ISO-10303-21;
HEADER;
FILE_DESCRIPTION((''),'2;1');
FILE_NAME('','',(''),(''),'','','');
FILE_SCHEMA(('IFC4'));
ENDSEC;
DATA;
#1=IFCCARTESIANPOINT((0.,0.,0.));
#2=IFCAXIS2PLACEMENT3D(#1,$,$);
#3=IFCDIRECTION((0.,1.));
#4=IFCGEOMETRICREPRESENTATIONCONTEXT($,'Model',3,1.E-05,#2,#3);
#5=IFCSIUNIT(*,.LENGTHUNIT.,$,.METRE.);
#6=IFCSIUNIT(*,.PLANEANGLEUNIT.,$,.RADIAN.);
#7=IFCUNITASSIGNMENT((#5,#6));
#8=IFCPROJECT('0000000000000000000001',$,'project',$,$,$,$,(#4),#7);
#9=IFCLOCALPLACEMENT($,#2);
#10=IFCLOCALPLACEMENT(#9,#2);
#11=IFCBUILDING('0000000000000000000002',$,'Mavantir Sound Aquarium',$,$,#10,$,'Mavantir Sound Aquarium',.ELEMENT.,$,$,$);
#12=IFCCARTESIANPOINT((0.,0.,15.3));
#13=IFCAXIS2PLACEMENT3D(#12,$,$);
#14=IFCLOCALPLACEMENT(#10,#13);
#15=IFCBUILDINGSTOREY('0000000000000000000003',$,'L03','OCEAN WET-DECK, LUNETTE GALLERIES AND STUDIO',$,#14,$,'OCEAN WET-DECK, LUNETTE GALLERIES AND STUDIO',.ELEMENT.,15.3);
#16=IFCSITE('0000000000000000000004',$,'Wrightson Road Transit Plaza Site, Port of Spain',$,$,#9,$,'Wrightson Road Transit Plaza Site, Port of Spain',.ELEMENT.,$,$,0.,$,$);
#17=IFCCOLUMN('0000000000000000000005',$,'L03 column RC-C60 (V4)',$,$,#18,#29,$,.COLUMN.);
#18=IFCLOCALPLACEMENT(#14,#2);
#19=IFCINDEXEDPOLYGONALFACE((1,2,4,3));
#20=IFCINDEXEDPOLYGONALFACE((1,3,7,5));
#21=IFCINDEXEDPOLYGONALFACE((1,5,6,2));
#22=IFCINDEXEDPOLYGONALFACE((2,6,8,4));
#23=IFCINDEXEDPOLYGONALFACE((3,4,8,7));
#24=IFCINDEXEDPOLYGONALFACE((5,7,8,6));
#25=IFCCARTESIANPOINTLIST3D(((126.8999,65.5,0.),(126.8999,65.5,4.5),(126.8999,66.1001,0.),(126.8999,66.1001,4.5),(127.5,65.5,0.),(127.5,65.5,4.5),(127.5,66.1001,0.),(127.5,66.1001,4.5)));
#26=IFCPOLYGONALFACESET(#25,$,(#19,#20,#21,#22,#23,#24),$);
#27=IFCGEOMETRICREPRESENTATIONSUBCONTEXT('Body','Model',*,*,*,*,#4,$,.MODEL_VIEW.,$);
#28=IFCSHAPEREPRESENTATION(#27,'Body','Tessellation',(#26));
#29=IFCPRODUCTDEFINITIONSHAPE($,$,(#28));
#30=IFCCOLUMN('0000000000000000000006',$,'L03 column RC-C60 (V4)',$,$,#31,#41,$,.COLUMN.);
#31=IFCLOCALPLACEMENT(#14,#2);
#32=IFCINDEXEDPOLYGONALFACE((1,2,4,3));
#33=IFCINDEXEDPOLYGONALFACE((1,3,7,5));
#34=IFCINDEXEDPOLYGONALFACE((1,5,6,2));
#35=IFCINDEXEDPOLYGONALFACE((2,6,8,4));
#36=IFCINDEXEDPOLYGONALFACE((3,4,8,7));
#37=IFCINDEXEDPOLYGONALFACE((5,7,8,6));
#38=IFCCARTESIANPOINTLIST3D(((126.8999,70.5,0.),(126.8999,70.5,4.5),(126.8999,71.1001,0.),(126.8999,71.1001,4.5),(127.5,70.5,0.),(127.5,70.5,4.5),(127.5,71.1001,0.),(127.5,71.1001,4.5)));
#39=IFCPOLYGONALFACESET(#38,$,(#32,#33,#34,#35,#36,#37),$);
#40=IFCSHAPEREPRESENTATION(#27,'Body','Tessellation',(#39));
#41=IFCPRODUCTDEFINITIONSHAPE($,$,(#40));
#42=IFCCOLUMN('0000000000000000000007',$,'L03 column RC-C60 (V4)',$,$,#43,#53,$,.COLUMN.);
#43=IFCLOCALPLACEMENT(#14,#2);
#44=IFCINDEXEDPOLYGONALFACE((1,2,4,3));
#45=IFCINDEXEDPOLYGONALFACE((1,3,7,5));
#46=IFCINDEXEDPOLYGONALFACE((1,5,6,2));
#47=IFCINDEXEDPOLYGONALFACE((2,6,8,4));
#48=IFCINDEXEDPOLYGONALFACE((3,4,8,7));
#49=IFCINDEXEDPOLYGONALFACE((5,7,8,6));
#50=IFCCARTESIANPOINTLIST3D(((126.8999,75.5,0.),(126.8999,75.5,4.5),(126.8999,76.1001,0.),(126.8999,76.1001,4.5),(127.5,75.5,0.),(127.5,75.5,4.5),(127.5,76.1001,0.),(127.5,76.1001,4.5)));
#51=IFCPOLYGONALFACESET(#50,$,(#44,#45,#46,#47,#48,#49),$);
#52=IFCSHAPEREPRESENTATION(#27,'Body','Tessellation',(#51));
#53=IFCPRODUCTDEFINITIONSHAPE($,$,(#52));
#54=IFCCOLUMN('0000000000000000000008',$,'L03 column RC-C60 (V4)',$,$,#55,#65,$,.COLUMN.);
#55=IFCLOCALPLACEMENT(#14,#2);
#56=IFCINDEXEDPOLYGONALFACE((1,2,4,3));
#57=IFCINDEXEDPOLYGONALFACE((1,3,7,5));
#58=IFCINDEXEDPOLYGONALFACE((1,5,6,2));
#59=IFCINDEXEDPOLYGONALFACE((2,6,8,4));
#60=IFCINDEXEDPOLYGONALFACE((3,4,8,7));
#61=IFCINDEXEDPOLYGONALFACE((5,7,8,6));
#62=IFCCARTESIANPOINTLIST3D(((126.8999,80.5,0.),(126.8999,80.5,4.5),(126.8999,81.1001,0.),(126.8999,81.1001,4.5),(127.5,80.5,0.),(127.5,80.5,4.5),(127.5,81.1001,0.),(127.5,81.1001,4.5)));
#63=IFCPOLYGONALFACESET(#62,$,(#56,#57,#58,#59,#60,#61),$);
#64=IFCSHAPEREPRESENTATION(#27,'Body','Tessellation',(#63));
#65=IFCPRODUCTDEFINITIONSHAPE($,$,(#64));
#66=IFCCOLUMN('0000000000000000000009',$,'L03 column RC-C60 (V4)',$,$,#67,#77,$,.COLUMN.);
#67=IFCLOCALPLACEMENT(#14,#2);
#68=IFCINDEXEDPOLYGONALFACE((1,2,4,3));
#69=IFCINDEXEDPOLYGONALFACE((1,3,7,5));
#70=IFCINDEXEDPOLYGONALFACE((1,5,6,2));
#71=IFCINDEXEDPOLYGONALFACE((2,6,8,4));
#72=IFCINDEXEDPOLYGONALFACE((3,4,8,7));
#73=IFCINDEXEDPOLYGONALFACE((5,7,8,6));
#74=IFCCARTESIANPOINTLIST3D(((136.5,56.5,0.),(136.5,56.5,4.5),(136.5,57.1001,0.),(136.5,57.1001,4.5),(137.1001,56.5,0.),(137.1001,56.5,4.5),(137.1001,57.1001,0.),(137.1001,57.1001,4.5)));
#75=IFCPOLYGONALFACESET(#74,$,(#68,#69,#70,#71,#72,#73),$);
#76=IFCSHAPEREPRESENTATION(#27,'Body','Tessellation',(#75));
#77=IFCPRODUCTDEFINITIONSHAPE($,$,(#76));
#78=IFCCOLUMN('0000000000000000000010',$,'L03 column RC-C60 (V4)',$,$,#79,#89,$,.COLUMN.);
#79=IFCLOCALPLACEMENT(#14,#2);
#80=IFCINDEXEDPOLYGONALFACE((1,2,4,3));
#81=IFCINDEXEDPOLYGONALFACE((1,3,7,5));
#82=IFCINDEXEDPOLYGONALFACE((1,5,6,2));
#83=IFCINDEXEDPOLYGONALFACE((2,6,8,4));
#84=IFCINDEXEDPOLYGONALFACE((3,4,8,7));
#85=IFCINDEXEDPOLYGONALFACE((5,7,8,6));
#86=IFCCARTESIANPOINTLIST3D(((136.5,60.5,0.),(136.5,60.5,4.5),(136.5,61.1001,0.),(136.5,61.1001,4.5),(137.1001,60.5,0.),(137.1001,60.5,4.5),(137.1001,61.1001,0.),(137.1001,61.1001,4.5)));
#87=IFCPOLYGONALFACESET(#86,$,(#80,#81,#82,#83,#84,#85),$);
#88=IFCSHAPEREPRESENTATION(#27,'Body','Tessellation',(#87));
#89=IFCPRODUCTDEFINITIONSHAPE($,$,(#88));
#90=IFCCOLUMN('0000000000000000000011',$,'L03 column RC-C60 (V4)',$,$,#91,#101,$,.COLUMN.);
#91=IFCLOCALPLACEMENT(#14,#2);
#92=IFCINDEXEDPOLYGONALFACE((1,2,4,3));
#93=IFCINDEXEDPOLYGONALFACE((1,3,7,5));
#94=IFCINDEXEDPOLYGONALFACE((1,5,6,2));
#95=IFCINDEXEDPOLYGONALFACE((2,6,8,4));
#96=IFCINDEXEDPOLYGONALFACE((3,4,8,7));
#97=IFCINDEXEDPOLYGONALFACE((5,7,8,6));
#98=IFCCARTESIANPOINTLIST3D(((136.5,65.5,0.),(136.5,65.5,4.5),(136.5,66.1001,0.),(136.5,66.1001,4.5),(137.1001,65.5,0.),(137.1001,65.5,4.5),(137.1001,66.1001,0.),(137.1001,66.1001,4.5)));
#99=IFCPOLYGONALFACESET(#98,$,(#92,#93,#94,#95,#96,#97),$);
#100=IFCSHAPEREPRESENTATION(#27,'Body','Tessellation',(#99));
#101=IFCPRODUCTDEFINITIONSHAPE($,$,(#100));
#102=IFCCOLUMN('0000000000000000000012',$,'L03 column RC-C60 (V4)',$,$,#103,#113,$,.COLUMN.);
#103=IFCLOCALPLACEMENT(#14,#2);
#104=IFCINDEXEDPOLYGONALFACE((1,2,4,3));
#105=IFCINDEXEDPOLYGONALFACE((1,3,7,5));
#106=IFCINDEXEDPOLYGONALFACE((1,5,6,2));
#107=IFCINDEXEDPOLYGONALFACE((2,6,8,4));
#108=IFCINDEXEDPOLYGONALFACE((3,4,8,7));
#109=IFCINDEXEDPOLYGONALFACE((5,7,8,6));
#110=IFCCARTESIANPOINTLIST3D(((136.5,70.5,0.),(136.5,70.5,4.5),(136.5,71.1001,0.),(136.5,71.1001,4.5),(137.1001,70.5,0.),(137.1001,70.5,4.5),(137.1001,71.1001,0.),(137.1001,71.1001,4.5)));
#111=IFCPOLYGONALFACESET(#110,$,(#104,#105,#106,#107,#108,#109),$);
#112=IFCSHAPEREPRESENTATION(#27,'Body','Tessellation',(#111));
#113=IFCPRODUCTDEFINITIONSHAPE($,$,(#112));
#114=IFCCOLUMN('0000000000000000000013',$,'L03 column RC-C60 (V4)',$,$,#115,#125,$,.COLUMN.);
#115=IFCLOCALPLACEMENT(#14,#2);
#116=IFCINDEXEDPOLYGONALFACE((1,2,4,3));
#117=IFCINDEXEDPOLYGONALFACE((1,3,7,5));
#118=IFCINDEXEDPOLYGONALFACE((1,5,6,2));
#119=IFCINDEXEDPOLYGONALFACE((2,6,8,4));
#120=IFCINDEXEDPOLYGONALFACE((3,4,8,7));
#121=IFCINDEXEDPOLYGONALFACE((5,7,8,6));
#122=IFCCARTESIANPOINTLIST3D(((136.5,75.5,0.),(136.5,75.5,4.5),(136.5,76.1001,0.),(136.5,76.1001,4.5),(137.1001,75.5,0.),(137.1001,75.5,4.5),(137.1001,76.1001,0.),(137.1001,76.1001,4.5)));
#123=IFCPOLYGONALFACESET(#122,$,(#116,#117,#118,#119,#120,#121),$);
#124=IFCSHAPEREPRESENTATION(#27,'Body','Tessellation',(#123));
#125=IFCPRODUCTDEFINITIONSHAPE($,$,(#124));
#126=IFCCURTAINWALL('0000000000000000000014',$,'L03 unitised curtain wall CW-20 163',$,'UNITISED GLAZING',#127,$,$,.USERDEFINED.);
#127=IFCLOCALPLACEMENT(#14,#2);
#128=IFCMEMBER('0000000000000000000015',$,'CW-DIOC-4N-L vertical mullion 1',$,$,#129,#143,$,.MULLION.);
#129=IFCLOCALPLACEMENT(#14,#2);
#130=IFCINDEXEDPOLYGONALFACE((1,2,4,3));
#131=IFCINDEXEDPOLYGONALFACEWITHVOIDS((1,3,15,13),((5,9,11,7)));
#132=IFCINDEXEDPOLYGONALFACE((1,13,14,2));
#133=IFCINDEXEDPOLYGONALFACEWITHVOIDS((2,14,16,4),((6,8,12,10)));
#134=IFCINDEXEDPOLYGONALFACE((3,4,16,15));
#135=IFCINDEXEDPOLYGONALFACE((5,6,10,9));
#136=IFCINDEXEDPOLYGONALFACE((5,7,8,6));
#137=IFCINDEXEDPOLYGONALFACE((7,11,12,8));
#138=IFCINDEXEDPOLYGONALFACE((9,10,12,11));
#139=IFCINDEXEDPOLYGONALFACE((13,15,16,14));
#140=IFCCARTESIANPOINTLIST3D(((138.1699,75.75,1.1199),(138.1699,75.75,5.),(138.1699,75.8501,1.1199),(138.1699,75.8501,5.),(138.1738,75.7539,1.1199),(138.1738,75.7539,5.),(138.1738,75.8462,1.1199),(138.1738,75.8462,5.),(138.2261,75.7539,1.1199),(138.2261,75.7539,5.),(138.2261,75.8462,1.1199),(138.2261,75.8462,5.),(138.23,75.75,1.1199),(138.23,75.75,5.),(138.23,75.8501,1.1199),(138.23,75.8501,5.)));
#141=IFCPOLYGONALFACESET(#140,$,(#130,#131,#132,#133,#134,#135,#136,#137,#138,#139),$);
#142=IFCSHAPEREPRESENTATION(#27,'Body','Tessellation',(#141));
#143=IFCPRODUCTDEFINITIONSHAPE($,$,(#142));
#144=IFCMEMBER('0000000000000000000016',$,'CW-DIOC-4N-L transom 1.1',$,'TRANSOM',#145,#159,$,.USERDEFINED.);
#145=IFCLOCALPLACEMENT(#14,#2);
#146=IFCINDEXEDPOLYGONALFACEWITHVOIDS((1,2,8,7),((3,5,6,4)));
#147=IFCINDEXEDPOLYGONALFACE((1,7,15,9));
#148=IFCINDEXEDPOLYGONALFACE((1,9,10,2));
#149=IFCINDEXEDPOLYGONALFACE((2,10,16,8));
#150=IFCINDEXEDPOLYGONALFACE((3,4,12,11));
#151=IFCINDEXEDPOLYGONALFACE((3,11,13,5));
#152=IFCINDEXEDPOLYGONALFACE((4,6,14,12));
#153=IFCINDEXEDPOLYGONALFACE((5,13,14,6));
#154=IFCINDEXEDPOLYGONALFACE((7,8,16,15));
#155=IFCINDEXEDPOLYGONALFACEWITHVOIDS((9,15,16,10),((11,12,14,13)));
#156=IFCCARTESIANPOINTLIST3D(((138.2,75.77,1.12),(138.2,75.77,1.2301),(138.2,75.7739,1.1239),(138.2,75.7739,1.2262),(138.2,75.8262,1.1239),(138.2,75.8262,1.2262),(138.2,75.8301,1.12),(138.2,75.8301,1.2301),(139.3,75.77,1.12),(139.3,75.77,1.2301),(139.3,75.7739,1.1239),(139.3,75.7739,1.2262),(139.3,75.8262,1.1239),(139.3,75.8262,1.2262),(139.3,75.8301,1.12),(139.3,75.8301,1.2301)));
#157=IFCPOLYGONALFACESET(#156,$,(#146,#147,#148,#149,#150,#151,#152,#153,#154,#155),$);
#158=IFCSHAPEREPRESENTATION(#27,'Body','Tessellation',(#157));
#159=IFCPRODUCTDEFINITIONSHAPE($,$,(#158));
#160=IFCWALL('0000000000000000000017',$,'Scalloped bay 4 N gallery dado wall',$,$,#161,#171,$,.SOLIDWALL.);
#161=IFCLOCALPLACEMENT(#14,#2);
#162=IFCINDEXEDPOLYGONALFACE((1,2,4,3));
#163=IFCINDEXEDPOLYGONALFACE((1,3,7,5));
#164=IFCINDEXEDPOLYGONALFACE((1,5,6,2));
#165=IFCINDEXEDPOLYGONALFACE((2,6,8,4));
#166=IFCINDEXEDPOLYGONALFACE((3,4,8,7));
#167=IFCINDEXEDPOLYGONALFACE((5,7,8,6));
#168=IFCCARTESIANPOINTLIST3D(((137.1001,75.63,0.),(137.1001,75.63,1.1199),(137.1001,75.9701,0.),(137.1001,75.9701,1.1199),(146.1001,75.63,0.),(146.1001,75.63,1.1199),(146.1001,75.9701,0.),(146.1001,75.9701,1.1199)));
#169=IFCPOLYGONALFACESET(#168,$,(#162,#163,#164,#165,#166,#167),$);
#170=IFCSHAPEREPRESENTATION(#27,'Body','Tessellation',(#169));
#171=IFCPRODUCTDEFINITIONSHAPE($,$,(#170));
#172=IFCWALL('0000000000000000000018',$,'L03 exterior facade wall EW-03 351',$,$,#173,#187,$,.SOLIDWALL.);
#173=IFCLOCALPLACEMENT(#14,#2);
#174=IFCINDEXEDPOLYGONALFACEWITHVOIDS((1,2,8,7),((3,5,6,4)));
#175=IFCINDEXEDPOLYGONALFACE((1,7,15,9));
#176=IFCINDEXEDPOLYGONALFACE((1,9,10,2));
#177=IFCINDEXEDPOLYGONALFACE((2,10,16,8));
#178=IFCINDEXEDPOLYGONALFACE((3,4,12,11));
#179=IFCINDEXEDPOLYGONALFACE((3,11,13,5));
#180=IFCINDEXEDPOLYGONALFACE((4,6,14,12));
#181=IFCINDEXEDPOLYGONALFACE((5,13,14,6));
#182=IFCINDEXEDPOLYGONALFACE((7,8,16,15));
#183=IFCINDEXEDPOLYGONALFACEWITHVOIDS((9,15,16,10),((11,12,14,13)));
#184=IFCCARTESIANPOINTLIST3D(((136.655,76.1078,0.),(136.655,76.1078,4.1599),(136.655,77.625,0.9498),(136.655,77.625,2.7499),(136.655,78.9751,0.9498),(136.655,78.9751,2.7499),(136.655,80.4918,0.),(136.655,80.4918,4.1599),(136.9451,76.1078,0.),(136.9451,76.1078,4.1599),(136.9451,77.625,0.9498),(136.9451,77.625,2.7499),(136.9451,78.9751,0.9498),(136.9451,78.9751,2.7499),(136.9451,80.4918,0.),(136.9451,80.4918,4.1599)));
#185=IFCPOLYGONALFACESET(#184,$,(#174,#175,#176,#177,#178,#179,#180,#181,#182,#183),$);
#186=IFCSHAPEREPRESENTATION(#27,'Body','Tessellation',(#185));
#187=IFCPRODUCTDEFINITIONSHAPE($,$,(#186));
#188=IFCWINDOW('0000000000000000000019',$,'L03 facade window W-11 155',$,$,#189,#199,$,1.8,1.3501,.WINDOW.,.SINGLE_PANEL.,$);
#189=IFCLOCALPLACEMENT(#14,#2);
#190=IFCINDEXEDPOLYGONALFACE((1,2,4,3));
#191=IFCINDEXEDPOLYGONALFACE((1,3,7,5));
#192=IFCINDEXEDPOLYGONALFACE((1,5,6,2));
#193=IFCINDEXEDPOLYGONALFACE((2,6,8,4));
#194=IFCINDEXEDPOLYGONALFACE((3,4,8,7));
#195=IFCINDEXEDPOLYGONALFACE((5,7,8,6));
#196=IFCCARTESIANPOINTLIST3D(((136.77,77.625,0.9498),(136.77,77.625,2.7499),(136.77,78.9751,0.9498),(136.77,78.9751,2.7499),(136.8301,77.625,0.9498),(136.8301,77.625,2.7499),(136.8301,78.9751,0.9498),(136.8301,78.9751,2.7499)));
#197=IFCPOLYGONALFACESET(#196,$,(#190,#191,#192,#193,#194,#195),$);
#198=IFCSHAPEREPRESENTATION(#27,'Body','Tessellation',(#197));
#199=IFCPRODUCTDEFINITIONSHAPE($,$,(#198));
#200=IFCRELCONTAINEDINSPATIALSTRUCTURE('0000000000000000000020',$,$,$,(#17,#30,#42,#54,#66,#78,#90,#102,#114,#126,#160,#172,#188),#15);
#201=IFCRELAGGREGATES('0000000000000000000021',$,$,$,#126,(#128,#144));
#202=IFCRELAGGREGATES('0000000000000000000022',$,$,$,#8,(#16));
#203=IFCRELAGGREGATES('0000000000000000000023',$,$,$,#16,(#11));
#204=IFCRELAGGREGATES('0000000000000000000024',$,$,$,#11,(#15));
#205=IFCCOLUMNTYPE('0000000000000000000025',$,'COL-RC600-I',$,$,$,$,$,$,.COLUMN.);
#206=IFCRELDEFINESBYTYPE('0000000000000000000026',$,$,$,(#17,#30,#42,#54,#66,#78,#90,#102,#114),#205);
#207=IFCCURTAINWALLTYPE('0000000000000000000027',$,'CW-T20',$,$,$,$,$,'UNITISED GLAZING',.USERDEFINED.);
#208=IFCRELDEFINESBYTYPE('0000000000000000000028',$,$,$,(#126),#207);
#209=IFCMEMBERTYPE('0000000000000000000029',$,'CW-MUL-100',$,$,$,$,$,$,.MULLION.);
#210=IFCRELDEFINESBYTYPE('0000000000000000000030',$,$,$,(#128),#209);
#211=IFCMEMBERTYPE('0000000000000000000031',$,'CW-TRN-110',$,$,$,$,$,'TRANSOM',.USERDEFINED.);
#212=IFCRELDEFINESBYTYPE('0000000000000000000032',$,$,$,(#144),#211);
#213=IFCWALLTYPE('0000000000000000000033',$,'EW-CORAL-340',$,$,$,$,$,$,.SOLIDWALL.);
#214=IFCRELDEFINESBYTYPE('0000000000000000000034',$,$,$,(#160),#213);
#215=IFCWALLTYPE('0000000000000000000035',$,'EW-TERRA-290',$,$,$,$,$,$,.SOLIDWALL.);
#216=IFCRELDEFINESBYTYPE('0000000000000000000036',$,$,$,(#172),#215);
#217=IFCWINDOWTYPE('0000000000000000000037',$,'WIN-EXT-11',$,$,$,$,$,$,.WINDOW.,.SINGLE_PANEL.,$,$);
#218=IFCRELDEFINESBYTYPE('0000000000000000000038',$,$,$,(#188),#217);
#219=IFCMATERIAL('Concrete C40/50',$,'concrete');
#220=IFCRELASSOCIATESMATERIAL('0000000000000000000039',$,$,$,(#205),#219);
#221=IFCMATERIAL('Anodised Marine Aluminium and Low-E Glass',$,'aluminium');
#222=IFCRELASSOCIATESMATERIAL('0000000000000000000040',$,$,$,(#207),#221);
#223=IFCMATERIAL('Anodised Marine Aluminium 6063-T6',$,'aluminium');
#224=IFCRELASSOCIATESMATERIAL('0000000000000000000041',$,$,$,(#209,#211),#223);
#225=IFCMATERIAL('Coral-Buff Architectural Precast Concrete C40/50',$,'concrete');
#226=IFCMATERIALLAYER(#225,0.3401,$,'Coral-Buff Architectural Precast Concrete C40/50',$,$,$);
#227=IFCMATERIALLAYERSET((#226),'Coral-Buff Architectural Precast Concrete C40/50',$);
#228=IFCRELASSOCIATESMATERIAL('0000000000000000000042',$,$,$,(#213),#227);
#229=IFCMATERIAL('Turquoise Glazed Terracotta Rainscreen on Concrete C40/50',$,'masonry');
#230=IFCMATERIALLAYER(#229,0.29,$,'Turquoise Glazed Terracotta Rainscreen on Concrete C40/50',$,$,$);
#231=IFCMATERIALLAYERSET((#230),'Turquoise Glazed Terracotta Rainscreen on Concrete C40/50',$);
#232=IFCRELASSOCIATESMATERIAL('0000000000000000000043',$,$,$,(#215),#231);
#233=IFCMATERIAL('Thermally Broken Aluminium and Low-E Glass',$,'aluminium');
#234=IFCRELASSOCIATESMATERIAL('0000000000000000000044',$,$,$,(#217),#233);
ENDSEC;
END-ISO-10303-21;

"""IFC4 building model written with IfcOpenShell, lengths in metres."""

from ifc_helpers import new_model, si_unit, direction, frame, frame_2d, origin, origin_2d, place, context, subcontext, project, spatial, rectangle, hollow_rectangle, extrude, material, layer, layer_set, material_profile, profile_set, type_object, element, fill, aggregate, save


model = new_model("IFC4")

# Units and contexts
model_context = context("Model", 3, precision=1e-05, world=origin(), true_north=direction((0.0, 1.0)))
body_context = subcontext(model_context, "Body", "Model", "MODEL_VIEW")
ifc_project = project(units=[si_unit("LENGTHUNIT", "METRE"), si_unit("PLANEANGLEUNIT", "RADIAN")], contexts=[model_context])

# Site, building, storey
site_placement = place(None, origin())
site = spatial("IfcSite", under=ifc_project, at=site_placement, Name="Wrightson Road Transit Plaza Site, Port of Spain", LongName="Wrightson Road Transit Plaza Site, Port of Spain", CompositionType="ELEMENT", RefElevation=0.0)
building_placement = place(site_placement, origin())
building = spatial("IfcBuilding", under=site, at=building_placement, Name="Mavantir Sound Aquarium", LongName="Mavantir Sound Aquarium", CompositionType="ELEMENT")
storey_placement = place(building_placement, frame((0.0, 0.0, 15.3)))
storey = spatial("IfcBuildingStorey", under=building, at=storey_placement, Name="L03", Description="OCEAN WET-DECK, LUNETTE GALLERIES AND STUDIO", LongName="OCEAN WET-DECK, LUNETTE GALLERIES AND STUDIO", CompositionType="ELEMENT", Elevation=15.3)

# Columns
ifc_material_1 = material(Name="Concrete C40/50", Category="concrete")
ifc_material_profile_1 = material_profile(ifc_material_1, rectangle(XDim=0.6001, YDim=0.6001, at=origin_2d()), Name="RC 600X600")
ifc_profile_set_1 = profile_set([ifc_material_profile_1], Name="Concrete C40/50")
column_type = type_object("IfcColumnType", Name="COL-RC600-I", PredefinedType="COLUMN", material=ifc_profile_set_1)
for number, where, z_axis, x_axis, name in (
    (1, (127.2, 65.8, 0.0), (0.0, 0.0, 1.0), (1.0, 0.0, 0.0), "L03 column RC-C60 (V4)"),
    (2, (127.2, 70.8, 0.0), (0.0, 0.0, 1.0), (1.0, 0.0, 0.0), "L03 column RC-C60 (V4)"),
    (3, (127.2, 75.8, 0.0), (0.0, 0.0, 1.0), (1.0, 0.0, 0.0), "L03 column RC-C60 (V4)"),
    (4, (127.2, 80.8, 0.0), (0.0, 0.0, 1.0), (1.0, 0.0, 0.0), "L03 column RC-C60 (V4)"),
    (5, (136.8, 56.8, 0.0), (0.0, 0.0, 1.0), (1.0, 0.0, 0.0), "L03 column RC-C60 (V4)"),
    (6, (136.8, 60.8, 0.0), (0.0, 0.0, 1.0), (1.0, 0.0, 0.0), "L03 column RC-C60 (V4)"),
    (7, (136.8, 65.8, 0.0), (0.0, 0.0, 1.0), (1.0, 0.0, 0.0), "L03 column RC-C60 (V4)"),
    (8, (136.8, 70.8, 0.0), (0.0, 0.0, 1.0), (1.0, 0.0, 0.0), "L03 column RC-C60 (V4)"),
    (9, (136.8, 75.8, 0.0), (0.0, 0.0, 1.0), (1.0, 0.0, 0.0), "L03 column RC-C60 (V4)"),
):
    element("IfcColumn", number, at=place(storey_placement, frame(where, z_axis=z_axis, x_axis=x_axis)), inside=storey, type_object=column_type, Name=name, PredefinedType="COLUMN", context=body_context, shape_type="SweptSolid", body=[
        extrude(rectangle(XDim=0.6001, YDim=0.6001, at=origin_2d()), origin(), (0.0, 0.0, 1.0), 4.5),
    ])

# Curtain wall, members
ifc_material_2 = material(Name="Anodised Marine Aluminium and Low-E Glass", Category="aluminium")
curtain_wall_type = type_object("IfcCurtainWallType", Name="CW-T20", ElementType="UNITISED GLAZING", PredefinedType="USERDEFINED", material=ifc_material_2)
curtain_wall_placement = place(storey_placement, origin())
curtain_wall = element("IfcCurtainWall", 10, at=curtain_wall_placement, inside=storey, type_object=curtain_wall_type, Name="L03 unitised curtain wall CW-20 163", ObjectType="UNITISED GLAZING", PredefinedType="USERDEFINED")
ifc_material_3 = material(Name="Anodised Marine Aluminium 6063-T6", Category="aluminium")
ifc_material_profile_2 = material_profile(ifc_material_3, hollow_rectangle(XDim=0.0601, YDim=0.1001, WallThickness=0.0039, at=origin_2d()), Name="ALU-MULLION-100X60")
ifc_profile_set_2 = profile_set([ifc_material_profile_2], Name="Anodised Marine Aluminium 6063-T6")
member_type_1 = type_object("IfcMemberType", Name="CW-MUL-100", PredefinedType="MULLION", material=ifc_profile_set_2)
member_1_placement = place(storey_placement, frame((138.2, 75.8, 1.1199), z_axis=(0.0, 0.0, 1.0), x_axis=(1.0, 0.0, 0.0)))
member_1 = element("IfcMember", 11, at=member_1_placement, type_object=member_type_1, Name="CW-DIOC-4N-L vertical mullion 1", PredefinedType="MULLION", context=body_context, shape_type="SweptSolid", body=[
    extrude(hollow_rectangle(XDim=0.0601, YDim=0.1001, WallThickness=0.0039, at=origin_2d()), origin(), (0.0, 0.0, 1.0), 3.8801),
])
ifc_material_profile_3 = material_profile(ifc_material_3, hollow_rectangle(XDim=0.0601, YDim=0.1101, WallThickness=0.0039, at=origin_2d()), Name="ALU-TRANSOM-110X60")
ifc_profile_set_3 = profile_set([ifc_material_profile_3], Name="Anodised Marine Aluminium 6063-T6")
member_type_2 = type_object("IfcMemberType", Name="CW-TRN-110", ElementType="TRANSOM", PredefinedType="USERDEFINED", material=ifc_profile_set_3)
member_2_placement = place(storey_placement, frame((138.2, 75.8, 1.175), z_axis=(1.0, 0.0, 0.0), x_axis=(0.0, 1.0, 0.0)))
member_2 = element("IfcMember", 12, at=member_2_placement, type_object=member_type_2, Name="CW-DIOC-4N-L transom 1.1", ObjectType="TRANSOM", PredefinedType="USERDEFINED", context=body_context, shape_type="SweptSolid", body=[
    extrude(hollow_rectangle(XDim=0.0601, YDim=0.1101, WallThickness=0.0039, at=origin_2d()), origin(), (0.0, 0.0, 1.0), 1.1001),
])
aggregate(curtain_wall, [member_1, member_2])

# Wall
ifc_material_4 = material(Name="Coral-Buff Architectural Precast Concrete C40/50", Category="concrete")
ifc_layer_1 = layer(ifc_material_4, 0.3401, Name="Coral-Buff Architectural Precast Concrete C40/50")
ifc_layer_set_1 = layer_set([ifc_layer_1], Name="Coral-Buff Architectural Precast Concrete C40/50")
wall_type_1 = type_object("IfcWallType", Name="EW-CORAL-340", PredefinedType="SOLIDWALL", material=ifc_layer_set_1)
wall_1_placement = place(storey_placement, frame((137.1001, 75.8, 0.0), z_axis=(0.0, 0.0, 1.0), x_axis=(1.0, 0.0, 0.0)))
element("IfcWall", 13, at=wall_1_placement, inside=storey, type_object=wall_type_1, Name="Scalloped bay 4 N gallery dado wall", PredefinedType="SOLIDWALL", context=body_context, shape_type="SweptSolid", body=[
    extrude(rectangle(XDim=9.0, YDim=0.3401, at=frame_2d((4.5, 0.0))), origin(), (0.0, 0.0, 1.0), 1.1199),
])

# Wall, opening, window
ifc_material_5 = material(Name="Turquoise Glazed Terracotta Rainscreen on Concrete C40/50", Category="masonry")
ifc_layer_2 = layer(ifc_material_5, 0.29, Name="Turquoise Glazed Terracotta Rainscreen on Concrete C40/50")
ifc_layer_set_2 = layer_set([ifc_layer_2], Name="Turquoise Glazed Terracotta Rainscreen on Concrete C40/50")
wall_type_2 = type_object("IfcWallType", Name="EW-TERRA-290", PredefinedType="SOLIDWALL", material=ifc_layer_set_2)
wall_2_placement = place(storey_placement, frame((136.8, 76.1079, 0.0), z_axis=(0.0, 0.0, 1.0), x_axis=(0.0, 1.0, 0.0)))
wall_2 = element("IfcWall", 14, at=wall_2_placement, inside=storey, type_object=wall_type_2, Name="L03 exterior facade wall EW-03 351", PredefinedType="SOLIDWALL", context=body_context, shape_type="SweptSolid", body=[
    extrude(rectangle(XDim=4.384, YDim=0.29, at=frame_2d((2.1919, 0.0))), origin(), (0.0, 0.0, 1.0), 4.1599),
])
opening_placement = place(wall_2_placement, frame((1.5171, 0.0, 0.95)))
opening = element("IfcOpeningElement", 15, at=opening_placement, cuts=wall_2, PredefinedType="OPENING", context=body_context, shape_type="SweptSolid", body=[
    extrude(rectangle(XDim=1.3501, YDim=1.8, at=frame_2d((0.675, 0.8999))), frame((0.0, 0.155, 0.0), z_axis=(0.0, -1.0, 0.0), x_axis=(1.0, 0.0, 0.0)), (0.0, 0.0, 1.0), 0.3101),
])
ifc_material_6 = material(Name="Thermally Broken Aluminium and Low-E Glass", Category="aluminium")
window_type = type_object("IfcWindowType", Name="WIN-EXT-11", PartitioningType="SINGLE_PANEL", PredefinedType="WINDOW", material=ifc_material_6)
window_placement = place(opening_placement, origin())
window = element("IfcWindow", 16, at=window_placement, inside=storey, type_object=window_type, Name="L03 facade window W-11 155", OverallHeight=1.8, OverallWidth=1.3501, PartitioningType="SINGLE_PANEL", PredefinedType="WINDOW", context=body_context, shape_type="SweptSolid", body=[
    extrude(rectangle(XDim=1.3501, YDim=1.8, at=frame_2d((0.675, 0.8999))), frame((0.0, 0.03, 0.0), z_axis=(0.0, -1.0, 0.0), x_axis=(1.0, 0.0, 0.0)), (0.0, 0.0, 1.0), 0.0601),
])
fill(opening, window)

save(model, "model.ifc")
